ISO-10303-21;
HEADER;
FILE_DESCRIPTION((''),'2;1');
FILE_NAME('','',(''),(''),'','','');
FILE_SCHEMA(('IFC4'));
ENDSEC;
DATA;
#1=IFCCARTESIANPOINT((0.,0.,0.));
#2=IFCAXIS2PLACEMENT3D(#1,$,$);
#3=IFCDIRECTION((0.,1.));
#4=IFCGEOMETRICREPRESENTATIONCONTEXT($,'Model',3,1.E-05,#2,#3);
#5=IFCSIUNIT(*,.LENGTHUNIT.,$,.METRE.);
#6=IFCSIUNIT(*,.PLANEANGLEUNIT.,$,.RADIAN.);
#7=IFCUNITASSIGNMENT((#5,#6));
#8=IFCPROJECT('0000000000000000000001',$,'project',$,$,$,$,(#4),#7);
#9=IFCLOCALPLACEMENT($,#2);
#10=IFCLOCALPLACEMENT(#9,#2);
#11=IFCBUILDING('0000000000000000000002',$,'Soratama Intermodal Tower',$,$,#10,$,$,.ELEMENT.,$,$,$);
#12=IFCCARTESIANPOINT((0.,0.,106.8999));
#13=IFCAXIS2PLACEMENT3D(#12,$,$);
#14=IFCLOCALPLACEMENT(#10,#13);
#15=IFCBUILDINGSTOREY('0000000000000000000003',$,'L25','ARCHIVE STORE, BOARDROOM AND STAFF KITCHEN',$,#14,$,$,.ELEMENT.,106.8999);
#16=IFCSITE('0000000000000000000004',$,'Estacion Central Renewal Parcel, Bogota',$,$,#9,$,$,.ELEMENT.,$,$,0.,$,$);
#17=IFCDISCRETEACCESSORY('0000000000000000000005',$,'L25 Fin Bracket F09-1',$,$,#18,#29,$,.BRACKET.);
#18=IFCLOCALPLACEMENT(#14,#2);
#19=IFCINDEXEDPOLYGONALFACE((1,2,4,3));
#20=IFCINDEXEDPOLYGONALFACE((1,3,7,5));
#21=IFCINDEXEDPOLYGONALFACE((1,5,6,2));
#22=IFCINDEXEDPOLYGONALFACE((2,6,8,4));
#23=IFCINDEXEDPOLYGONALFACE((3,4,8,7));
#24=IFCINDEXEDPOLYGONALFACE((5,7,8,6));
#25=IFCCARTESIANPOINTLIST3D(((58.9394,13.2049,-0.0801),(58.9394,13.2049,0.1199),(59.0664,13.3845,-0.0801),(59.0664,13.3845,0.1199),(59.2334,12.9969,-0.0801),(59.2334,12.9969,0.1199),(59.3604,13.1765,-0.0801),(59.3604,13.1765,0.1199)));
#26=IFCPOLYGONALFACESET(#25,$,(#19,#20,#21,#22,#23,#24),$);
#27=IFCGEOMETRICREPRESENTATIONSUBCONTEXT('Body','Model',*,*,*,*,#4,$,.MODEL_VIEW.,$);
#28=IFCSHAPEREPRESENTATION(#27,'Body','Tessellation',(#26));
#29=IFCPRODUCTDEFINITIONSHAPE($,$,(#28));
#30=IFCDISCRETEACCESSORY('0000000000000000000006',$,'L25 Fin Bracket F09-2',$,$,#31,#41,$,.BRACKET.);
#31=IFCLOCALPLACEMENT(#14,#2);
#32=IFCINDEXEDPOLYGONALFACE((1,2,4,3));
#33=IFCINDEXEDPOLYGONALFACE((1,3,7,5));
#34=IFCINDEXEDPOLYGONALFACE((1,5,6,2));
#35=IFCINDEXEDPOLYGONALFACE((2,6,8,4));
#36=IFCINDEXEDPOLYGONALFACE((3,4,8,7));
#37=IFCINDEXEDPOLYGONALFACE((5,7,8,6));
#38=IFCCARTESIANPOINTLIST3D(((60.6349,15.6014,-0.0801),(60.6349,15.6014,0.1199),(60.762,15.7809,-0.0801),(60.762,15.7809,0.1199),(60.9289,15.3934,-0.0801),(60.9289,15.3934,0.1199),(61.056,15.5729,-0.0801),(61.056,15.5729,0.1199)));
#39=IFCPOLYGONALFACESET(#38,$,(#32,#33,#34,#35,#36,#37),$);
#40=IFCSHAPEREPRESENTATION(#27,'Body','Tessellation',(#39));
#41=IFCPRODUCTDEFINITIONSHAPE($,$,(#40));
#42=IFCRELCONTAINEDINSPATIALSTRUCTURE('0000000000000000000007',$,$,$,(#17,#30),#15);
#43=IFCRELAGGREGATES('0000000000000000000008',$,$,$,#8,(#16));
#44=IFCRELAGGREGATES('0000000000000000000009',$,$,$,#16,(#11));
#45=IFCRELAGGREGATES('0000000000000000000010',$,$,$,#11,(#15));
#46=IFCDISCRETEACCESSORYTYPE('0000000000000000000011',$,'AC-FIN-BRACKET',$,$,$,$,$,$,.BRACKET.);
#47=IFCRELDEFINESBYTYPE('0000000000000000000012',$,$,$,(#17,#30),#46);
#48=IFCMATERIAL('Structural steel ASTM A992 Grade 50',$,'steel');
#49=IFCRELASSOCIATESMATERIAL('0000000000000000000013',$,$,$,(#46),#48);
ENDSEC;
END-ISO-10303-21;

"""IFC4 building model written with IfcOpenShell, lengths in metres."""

from ifc_helpers import new_model, si_unit, direction, frame, origin, origin_2d, place, context, subcontext, project, spatial, rectangle, extrude, material, type_object, element, save


model = new_model("IFC4")

# Units and contexts
model_context = context("Model", 3, precision=1e-05, world=origin(), true_north=direction((0.0, 1.0)))
body_context = subcontext(model_context, "Body", "Model", "MODEL_VIEW")
ifc_project = project(units=[si_unit("LENGTHUNIT", "METRE"), si_unit("PLANEANGLEUNIT", "RADIAN")], contexts=[model_context])

# Site, building, storey
site_placement = place(None, origin())
site = spatial("IfcSite", under=ifc_project, at=site_placement, Name="Estacion Central Renewal Parcel, Bogota", CompositionType="ELEMENT", RefElevation=0.0)
building_placement = place(site_placement, origin())
building = spatial("IfcBuilding", under=site, at=building_placement, Name="Soratama Intermodal Tower", CompositionType="ELEMENT")
storey_placement = place(building_placement, frame((0.0, 0.0, 106.8999)))
storey = spatial("IfcBuildingStorey", under=building, at=storey_placement, Name="L25", Description="ARCHIVE STORE, BOARDROOM AND STAFF KITCHEN", CompositionType="ELEMENT", Elevation=106.8999)

# Discrete accessories
ifc_material_1 = material(Name="Structural steel ASTM A992 Grade 50", Category="steel")
discrete_accessory_type = type_object("IfcDiscreteAccessoryType", Name="AC-FIN-BRACKET", PredefinedType="BRACKET", material=ifc_material_1)
for number, where, z_axis, x_axis, name in (
    (1, (59.1499, 13.1907, -0.0801), (0.0, 0.0, 1.0), (0.816339, -0.577573, 0.0), "L25 Fin Bracket F09-1"),
    (2, (60.8455, 15.5872, -0.0801), (0.0, 0.0, 1.0), (0.816339, -0.577573, 0.0), "L25 Fin Bracket F09-2"),
):
    element("IfcDiscreteAccessory", number, at=place(storey_placement, frame(where, z_axis=z_axis, x_axis=x_axis)), inside=storey, type_object=discrete_accessory_type, Name=name, PredefinedType="BRACKET", context=body_context, shape_type="SweptSolid", body=[
        extrude(rectangle(XDim=0.3601, YDim=0.22, at=origin_2d()), origin(), (0.0, 0.0, 1.0), 0.2),
    ])

save(model, "model.ifc")
